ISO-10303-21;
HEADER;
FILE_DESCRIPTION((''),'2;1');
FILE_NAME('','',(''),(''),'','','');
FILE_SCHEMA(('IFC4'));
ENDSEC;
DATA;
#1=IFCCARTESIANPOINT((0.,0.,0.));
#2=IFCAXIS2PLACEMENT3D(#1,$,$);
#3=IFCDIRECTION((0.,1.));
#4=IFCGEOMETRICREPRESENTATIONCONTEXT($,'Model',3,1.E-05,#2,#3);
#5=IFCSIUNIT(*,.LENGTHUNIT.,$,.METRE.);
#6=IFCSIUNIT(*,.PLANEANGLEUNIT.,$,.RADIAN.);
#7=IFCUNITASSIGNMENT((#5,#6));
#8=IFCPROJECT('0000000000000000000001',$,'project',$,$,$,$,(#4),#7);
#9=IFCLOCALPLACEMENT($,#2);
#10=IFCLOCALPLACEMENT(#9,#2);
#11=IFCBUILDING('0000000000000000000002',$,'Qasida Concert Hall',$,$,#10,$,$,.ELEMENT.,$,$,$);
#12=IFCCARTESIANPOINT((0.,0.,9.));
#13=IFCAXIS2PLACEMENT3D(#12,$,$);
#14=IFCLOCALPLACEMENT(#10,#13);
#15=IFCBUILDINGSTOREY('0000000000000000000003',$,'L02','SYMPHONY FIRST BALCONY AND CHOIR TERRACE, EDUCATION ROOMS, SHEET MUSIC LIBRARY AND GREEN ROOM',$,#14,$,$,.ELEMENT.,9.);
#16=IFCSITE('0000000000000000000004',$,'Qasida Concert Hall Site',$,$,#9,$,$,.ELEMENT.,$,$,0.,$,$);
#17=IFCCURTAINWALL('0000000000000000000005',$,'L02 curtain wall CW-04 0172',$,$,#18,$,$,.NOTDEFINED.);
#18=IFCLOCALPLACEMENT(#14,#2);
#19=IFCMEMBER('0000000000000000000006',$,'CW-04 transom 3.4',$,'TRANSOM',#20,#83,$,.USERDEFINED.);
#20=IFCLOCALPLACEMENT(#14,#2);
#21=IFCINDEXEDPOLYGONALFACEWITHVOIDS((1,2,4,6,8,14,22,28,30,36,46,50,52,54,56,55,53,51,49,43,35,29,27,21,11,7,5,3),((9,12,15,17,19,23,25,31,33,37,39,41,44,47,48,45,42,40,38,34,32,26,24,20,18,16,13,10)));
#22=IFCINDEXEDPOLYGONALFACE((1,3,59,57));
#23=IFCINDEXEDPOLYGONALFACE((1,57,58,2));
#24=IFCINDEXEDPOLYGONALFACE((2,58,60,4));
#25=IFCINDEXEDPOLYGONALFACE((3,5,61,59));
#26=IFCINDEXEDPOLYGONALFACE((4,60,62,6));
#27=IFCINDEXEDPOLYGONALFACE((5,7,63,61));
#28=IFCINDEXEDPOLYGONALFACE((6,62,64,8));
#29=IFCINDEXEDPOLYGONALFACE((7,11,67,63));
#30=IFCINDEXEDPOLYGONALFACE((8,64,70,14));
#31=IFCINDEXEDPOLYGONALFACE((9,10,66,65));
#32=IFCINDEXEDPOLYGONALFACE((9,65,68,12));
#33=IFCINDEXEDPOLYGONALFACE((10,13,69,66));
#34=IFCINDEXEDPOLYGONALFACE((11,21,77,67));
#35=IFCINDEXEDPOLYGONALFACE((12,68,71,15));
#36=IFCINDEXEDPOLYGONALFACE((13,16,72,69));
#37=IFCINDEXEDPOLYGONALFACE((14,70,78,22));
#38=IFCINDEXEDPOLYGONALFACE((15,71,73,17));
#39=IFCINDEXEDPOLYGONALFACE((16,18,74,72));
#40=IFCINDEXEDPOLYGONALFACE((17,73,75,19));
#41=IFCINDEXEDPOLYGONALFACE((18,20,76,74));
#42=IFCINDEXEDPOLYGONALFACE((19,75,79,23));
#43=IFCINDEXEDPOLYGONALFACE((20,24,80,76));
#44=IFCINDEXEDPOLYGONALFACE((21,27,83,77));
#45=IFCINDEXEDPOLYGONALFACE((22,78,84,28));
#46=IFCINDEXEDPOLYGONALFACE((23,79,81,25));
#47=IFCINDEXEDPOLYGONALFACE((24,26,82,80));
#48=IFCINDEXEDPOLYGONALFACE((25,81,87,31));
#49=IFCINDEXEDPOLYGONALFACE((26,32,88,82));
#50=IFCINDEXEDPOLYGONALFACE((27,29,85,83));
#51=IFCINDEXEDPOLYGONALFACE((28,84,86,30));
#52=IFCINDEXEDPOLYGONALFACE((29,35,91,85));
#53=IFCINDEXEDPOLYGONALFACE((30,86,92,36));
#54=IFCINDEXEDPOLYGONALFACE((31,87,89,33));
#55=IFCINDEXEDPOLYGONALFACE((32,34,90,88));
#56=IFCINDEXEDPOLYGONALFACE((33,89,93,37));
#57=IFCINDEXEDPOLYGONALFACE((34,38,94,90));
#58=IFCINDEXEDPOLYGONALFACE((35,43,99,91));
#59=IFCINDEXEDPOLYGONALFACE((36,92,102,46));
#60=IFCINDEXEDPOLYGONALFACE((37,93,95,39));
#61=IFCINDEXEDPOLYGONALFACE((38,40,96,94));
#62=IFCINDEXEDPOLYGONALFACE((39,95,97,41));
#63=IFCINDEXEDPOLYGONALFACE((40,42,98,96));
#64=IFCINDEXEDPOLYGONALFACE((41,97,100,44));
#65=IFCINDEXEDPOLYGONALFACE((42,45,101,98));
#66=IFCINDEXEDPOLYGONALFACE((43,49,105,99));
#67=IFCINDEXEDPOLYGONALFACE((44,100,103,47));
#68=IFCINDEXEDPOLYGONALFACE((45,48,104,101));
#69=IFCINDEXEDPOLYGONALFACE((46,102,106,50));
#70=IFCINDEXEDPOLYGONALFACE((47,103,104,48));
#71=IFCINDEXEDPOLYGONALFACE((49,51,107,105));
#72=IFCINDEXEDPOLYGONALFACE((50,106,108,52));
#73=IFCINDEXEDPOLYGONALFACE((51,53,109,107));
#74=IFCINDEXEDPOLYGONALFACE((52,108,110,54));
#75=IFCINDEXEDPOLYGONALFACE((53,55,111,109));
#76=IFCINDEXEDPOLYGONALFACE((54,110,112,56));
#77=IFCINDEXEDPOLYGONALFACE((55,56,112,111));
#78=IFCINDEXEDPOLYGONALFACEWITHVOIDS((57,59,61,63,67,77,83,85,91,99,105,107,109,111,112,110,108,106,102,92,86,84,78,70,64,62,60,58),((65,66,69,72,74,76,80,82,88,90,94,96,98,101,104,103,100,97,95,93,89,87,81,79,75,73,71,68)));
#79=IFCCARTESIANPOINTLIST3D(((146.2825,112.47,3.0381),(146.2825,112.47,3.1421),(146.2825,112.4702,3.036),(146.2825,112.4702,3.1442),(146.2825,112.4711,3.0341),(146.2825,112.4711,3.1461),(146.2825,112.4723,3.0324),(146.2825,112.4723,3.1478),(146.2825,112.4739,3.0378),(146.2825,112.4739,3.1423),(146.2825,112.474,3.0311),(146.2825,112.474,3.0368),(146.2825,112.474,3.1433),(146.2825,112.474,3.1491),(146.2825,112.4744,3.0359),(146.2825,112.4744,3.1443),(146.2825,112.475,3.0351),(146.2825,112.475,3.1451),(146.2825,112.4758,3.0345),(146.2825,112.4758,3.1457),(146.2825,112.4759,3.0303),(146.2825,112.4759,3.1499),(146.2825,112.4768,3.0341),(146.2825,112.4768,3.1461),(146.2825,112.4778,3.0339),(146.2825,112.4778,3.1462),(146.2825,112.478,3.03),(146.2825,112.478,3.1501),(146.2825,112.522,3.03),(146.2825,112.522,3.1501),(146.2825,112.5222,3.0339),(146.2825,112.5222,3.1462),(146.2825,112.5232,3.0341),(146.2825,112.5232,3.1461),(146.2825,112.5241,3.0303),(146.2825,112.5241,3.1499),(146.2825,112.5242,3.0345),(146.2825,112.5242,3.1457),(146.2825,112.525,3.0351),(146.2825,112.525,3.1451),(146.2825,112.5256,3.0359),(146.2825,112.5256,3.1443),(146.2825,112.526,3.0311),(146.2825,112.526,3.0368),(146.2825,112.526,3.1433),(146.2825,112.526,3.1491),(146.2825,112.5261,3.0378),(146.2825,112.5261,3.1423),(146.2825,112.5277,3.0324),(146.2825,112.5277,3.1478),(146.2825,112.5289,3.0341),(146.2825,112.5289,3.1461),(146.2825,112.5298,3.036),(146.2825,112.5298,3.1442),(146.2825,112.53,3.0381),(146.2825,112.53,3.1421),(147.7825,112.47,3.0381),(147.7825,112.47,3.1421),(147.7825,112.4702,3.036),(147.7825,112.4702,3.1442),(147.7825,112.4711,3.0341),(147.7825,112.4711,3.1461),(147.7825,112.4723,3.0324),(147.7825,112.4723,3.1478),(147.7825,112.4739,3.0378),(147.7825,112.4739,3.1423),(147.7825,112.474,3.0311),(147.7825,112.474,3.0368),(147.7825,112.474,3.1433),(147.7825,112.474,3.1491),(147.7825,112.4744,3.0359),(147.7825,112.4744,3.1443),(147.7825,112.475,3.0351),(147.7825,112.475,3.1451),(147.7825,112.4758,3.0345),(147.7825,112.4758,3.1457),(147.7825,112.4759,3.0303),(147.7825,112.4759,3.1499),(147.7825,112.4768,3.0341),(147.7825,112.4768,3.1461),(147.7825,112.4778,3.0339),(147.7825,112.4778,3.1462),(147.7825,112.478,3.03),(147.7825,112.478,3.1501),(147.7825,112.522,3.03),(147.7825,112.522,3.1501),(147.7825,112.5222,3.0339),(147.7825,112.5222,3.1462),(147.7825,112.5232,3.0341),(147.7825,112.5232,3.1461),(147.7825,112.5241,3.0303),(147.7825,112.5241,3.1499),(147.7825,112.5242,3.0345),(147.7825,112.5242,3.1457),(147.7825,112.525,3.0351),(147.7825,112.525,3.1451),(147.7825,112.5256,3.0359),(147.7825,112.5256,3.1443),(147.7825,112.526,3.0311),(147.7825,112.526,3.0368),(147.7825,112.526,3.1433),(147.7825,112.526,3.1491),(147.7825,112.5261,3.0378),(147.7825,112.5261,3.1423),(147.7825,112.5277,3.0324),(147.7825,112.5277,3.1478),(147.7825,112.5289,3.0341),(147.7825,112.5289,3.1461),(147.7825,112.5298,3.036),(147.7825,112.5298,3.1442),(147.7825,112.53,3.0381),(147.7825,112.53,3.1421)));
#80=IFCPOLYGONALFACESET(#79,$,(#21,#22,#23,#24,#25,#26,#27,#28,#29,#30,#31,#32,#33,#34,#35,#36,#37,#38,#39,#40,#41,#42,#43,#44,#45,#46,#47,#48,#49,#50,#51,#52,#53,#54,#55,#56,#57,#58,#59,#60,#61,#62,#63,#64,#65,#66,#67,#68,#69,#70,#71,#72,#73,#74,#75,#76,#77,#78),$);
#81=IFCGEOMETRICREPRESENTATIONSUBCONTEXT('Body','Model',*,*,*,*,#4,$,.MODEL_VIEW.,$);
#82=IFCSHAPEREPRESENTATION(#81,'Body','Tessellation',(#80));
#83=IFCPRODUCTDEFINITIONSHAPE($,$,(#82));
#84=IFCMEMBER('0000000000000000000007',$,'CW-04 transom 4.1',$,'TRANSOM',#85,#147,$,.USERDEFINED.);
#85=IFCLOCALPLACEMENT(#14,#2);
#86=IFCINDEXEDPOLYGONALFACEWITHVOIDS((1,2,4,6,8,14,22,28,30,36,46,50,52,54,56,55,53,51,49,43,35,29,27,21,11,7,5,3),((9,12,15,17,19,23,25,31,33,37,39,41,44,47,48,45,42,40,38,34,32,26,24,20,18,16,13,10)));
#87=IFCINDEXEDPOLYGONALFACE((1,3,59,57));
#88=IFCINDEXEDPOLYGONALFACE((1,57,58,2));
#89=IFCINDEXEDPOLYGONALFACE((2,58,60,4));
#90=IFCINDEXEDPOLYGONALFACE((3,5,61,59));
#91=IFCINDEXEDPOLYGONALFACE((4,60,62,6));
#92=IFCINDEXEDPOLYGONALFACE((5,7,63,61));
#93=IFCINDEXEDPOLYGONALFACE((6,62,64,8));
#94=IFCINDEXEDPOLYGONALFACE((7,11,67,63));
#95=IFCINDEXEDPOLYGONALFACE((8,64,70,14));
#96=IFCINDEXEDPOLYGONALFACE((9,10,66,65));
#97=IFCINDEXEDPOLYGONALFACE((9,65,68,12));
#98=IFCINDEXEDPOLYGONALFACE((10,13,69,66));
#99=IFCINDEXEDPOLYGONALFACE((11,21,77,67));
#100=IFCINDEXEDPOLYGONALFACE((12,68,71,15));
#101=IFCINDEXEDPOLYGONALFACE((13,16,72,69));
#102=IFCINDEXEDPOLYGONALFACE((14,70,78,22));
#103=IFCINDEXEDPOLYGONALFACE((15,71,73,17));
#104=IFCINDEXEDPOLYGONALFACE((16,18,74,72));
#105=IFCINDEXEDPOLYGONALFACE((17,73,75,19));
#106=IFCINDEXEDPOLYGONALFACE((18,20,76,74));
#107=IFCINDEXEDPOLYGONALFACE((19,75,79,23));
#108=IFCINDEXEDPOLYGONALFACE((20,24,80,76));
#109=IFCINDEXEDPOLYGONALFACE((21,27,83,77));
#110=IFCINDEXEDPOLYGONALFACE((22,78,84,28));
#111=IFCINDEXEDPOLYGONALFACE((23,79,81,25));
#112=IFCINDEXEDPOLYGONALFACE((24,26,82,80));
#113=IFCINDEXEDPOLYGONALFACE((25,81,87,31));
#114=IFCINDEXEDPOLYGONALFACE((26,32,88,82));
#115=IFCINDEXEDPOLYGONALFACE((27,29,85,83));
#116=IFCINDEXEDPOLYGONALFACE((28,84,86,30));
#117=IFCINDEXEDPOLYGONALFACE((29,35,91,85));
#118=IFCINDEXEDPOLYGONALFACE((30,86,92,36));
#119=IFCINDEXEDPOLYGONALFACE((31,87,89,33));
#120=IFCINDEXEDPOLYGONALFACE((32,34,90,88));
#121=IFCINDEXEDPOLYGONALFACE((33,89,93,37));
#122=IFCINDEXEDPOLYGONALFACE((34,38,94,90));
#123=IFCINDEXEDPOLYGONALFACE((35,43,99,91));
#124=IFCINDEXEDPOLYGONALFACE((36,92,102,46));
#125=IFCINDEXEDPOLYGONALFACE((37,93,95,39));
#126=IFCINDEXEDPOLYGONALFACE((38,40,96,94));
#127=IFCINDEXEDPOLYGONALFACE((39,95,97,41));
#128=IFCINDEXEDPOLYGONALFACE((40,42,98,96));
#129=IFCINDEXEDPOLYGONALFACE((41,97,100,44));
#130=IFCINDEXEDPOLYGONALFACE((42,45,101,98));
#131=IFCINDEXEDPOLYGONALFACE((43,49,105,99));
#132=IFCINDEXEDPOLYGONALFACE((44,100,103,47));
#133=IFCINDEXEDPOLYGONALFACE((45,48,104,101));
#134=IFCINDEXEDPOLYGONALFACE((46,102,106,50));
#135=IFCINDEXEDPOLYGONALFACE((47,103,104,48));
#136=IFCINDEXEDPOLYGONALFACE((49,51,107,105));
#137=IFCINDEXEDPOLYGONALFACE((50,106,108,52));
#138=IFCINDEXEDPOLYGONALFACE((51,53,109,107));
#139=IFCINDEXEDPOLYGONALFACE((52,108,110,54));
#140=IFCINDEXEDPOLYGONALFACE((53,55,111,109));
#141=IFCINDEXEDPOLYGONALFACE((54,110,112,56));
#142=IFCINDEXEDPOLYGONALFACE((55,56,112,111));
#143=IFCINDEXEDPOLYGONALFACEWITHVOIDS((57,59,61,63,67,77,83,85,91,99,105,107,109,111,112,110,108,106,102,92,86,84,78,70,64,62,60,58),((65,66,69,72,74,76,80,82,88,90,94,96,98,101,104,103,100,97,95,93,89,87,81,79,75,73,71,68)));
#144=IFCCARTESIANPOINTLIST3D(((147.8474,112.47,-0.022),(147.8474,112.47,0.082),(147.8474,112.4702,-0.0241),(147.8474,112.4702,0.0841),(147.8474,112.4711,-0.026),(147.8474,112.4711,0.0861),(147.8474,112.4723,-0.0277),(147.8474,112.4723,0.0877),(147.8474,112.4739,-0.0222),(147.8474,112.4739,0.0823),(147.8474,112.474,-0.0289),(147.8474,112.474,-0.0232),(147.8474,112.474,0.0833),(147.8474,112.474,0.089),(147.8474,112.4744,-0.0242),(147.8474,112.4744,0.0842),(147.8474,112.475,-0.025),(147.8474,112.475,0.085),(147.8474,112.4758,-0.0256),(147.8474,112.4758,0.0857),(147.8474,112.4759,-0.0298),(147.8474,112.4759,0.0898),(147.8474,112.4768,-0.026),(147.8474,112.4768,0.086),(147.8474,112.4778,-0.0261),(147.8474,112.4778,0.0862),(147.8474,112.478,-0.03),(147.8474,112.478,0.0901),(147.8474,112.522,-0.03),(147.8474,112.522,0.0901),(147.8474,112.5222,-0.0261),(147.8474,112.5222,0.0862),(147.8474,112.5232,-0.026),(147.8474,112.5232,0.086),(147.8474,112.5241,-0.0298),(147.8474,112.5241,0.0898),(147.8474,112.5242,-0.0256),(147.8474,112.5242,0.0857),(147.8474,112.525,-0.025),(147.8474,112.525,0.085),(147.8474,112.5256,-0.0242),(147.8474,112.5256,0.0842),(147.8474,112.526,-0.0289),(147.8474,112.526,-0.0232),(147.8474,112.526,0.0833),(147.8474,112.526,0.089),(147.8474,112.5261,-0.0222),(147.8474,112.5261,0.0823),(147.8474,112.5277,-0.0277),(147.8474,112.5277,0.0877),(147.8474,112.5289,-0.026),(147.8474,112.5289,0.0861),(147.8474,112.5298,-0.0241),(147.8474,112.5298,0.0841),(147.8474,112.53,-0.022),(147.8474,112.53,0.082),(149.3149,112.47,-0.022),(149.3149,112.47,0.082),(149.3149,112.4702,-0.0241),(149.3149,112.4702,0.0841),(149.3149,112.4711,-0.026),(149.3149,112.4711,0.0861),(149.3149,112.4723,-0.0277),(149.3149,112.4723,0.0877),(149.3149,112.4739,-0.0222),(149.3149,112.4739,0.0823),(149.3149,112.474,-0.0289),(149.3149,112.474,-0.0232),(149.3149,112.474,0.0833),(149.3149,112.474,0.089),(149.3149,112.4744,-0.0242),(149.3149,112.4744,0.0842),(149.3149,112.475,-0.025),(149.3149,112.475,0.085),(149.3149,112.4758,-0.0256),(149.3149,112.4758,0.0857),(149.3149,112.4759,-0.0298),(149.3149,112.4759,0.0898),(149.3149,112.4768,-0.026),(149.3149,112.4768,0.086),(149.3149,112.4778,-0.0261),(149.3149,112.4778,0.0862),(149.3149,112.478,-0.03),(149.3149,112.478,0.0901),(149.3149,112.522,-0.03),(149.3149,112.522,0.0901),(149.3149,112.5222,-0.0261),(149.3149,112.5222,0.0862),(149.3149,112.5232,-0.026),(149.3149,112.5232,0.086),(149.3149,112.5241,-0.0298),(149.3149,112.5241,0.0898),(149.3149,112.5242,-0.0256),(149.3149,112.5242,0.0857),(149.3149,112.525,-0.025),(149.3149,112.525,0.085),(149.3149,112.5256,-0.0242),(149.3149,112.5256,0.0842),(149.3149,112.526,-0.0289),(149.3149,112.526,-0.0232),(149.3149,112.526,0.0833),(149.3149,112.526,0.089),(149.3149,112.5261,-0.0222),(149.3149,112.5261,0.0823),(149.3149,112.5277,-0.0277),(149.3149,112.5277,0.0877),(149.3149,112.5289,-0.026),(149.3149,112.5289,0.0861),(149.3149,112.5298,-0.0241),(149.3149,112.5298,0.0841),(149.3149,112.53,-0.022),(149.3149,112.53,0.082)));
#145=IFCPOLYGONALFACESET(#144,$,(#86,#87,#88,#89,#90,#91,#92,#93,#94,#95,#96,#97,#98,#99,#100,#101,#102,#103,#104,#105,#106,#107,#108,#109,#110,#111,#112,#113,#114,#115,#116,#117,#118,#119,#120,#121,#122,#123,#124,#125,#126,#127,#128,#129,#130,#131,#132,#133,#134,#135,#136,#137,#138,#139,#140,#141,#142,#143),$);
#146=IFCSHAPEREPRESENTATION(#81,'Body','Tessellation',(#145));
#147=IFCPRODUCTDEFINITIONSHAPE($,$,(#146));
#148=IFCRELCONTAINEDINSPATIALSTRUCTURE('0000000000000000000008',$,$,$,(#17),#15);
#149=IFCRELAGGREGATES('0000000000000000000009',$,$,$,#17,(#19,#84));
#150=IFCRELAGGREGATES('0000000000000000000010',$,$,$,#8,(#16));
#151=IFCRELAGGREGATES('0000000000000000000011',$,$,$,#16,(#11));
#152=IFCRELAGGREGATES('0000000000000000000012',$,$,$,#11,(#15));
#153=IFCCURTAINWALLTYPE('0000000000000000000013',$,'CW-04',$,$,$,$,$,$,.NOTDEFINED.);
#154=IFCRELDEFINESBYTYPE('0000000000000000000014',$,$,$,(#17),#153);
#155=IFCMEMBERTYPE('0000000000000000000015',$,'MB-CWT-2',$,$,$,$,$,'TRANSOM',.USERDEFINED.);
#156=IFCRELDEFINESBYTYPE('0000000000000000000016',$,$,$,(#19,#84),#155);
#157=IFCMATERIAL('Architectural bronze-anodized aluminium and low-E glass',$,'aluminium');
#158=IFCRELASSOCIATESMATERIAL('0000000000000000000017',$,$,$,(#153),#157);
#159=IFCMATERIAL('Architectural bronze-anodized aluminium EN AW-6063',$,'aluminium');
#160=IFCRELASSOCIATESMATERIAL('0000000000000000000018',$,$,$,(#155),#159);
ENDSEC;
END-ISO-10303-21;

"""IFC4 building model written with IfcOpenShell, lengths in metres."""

from ifc_helpers import new_model, si_unit, direction, frame, origin, origin_2d, place, context, subcontext, project, spatial, hollow_rectangle, extrude, material, material_profile, profile_set, type_object, element, aggregate, save


model = new_model("IFC4")

# Units and contexts
model_context = context("Model", 3, precision=1e-05, world=origin(), true_north=direction((0.0, 1.0)))
body_context = subcontext(model_context, "Body", "Model", "MODEL_VIEW")
ifc_project = project(units=[si_unit("LENGTHUNIT", "METRE"), si_unit("PLANEANGLEUNIT", "RADIAN")], contexts=[model_context])

# Site, building, storey
site_placement = place(None, origin())
site = spatial("IfcSite", under=ifc_project, at=site_placement, Name="Qasida Concert Hall Site", CompositionType="ELEMENT", RefElevation=0.0)
building_placement = place(site_placement, origin())
building = spatial("IfcBuilding", under=site, at=building_placement, Name="Qasida Concert Hall", CompositionType="ELEMENT")
storey_placement = place(building_placement, frame((0.0, 0.0, 9.0)))
storey = spatial("IfcBuildingStorey", under=building, at=storey_placement, Name="L02", Description="SYMPHONY FIRST BALCONY AND CHOIR TERRACE, EDUCATION ROOMS, SHEET MUSIC LIBRARY AND GREEN ROOM", CompositionType="ELEMENT", Elevation=9.0)

# Curtain wall, members
ifc_material_1 = material(Name="Architectural bronze-anodized aluminium and low-E glass", Category="aluminium")
curtain_wall_type = type_object("IfcCurtainWallType", Name="CW-04", PredefinedType="NOTDEFINED", material=ifc_material_1)
curtain_wall_placement = place(storey_placement, origin())
curtain_wall = element("IfcCurtainWall", 1, at=curtain_wall_placement, inside=storey, type_object=curtain_wall_type, Name="L02 curtain wall CW-04 0172", PredefinedType="NOTDEFINED")
ifc_material_2 = material(Name="Architectural bronze-anodized aluminium EN AW-6063", Category="aluminium")
ifc_material_profile_1 = material_profile(ifc_material_2, hollow_rectangle(XDim=0.0601, YDim=0.1201, WallThickness=0.0039, InnerFilletRadius=0.0039, OuterFilletRadius=0.0081, at=origin_2d()), Name="CWT 120x60x4")
ifc_profile_set_1 = profile_set([ifc_material_profile_1], Name="Architectural bronze-anodized aluminium EN AW-6063")
member_type_1 = type_object("IfcMemberType", Name="MB-CWT-2", ElementType="TRANSOM", PredefinedType="USERDEFINED", material=ifc_profile_set_1)
member_1_placement = place(storey_placement, frame((146.2825, 112.5, 3.0901), z_axis=(1.0, 0.0, 0.0), x_axis=(0.0, 1.0, 0.0)))
member_1 = element("IfcMember", 2, at=member_1_placement, type_object=member_type_1, Name="CW-04 transom 3.4", ObjectType="TRANSOM", PredefinedType="USERDEFINED", context=body_context, shape_type="SweptSolid", body=[
    extrude(hollow_rectangle(XDim=0.0601, YDim=0.1201, WallThickness=0.0039, InnerFilletRadius=0.0039, OuterFilletRadius=0.0081, at=origin_2d()), origin(), (0.0, 0.0, 1.0), 1.5),
])
member_2_placement = place(storey_placement, frame((147.8474, 112.5, 0.03), z_axis=(1.0, 0.0, 0.0), x_axis=(0.0, 1.0, 0.0)))
member_2 = element("IfcMember", 3, at=member_2_placement, type_object=member_type_1, Name="CW-04 transom 4.1", ObjectType="TRANSOM", PredefinedType="USERDEFINED", context=body_context, shape_type="SweptSolid", body=[
    extrude(hollow_rectangle(XDim=0.0601, YDim=0.1201, WallThickness=0.0039, InnerFilletRadius=0.0039, OuterFilletRadius=0.0081, at=origin_2d()), origin(), (0.0, 0.0, 1.0), 1.4675),
])
aggregate(curtain_wall, [member_1, member_2])

save(model, "model.ifc")
